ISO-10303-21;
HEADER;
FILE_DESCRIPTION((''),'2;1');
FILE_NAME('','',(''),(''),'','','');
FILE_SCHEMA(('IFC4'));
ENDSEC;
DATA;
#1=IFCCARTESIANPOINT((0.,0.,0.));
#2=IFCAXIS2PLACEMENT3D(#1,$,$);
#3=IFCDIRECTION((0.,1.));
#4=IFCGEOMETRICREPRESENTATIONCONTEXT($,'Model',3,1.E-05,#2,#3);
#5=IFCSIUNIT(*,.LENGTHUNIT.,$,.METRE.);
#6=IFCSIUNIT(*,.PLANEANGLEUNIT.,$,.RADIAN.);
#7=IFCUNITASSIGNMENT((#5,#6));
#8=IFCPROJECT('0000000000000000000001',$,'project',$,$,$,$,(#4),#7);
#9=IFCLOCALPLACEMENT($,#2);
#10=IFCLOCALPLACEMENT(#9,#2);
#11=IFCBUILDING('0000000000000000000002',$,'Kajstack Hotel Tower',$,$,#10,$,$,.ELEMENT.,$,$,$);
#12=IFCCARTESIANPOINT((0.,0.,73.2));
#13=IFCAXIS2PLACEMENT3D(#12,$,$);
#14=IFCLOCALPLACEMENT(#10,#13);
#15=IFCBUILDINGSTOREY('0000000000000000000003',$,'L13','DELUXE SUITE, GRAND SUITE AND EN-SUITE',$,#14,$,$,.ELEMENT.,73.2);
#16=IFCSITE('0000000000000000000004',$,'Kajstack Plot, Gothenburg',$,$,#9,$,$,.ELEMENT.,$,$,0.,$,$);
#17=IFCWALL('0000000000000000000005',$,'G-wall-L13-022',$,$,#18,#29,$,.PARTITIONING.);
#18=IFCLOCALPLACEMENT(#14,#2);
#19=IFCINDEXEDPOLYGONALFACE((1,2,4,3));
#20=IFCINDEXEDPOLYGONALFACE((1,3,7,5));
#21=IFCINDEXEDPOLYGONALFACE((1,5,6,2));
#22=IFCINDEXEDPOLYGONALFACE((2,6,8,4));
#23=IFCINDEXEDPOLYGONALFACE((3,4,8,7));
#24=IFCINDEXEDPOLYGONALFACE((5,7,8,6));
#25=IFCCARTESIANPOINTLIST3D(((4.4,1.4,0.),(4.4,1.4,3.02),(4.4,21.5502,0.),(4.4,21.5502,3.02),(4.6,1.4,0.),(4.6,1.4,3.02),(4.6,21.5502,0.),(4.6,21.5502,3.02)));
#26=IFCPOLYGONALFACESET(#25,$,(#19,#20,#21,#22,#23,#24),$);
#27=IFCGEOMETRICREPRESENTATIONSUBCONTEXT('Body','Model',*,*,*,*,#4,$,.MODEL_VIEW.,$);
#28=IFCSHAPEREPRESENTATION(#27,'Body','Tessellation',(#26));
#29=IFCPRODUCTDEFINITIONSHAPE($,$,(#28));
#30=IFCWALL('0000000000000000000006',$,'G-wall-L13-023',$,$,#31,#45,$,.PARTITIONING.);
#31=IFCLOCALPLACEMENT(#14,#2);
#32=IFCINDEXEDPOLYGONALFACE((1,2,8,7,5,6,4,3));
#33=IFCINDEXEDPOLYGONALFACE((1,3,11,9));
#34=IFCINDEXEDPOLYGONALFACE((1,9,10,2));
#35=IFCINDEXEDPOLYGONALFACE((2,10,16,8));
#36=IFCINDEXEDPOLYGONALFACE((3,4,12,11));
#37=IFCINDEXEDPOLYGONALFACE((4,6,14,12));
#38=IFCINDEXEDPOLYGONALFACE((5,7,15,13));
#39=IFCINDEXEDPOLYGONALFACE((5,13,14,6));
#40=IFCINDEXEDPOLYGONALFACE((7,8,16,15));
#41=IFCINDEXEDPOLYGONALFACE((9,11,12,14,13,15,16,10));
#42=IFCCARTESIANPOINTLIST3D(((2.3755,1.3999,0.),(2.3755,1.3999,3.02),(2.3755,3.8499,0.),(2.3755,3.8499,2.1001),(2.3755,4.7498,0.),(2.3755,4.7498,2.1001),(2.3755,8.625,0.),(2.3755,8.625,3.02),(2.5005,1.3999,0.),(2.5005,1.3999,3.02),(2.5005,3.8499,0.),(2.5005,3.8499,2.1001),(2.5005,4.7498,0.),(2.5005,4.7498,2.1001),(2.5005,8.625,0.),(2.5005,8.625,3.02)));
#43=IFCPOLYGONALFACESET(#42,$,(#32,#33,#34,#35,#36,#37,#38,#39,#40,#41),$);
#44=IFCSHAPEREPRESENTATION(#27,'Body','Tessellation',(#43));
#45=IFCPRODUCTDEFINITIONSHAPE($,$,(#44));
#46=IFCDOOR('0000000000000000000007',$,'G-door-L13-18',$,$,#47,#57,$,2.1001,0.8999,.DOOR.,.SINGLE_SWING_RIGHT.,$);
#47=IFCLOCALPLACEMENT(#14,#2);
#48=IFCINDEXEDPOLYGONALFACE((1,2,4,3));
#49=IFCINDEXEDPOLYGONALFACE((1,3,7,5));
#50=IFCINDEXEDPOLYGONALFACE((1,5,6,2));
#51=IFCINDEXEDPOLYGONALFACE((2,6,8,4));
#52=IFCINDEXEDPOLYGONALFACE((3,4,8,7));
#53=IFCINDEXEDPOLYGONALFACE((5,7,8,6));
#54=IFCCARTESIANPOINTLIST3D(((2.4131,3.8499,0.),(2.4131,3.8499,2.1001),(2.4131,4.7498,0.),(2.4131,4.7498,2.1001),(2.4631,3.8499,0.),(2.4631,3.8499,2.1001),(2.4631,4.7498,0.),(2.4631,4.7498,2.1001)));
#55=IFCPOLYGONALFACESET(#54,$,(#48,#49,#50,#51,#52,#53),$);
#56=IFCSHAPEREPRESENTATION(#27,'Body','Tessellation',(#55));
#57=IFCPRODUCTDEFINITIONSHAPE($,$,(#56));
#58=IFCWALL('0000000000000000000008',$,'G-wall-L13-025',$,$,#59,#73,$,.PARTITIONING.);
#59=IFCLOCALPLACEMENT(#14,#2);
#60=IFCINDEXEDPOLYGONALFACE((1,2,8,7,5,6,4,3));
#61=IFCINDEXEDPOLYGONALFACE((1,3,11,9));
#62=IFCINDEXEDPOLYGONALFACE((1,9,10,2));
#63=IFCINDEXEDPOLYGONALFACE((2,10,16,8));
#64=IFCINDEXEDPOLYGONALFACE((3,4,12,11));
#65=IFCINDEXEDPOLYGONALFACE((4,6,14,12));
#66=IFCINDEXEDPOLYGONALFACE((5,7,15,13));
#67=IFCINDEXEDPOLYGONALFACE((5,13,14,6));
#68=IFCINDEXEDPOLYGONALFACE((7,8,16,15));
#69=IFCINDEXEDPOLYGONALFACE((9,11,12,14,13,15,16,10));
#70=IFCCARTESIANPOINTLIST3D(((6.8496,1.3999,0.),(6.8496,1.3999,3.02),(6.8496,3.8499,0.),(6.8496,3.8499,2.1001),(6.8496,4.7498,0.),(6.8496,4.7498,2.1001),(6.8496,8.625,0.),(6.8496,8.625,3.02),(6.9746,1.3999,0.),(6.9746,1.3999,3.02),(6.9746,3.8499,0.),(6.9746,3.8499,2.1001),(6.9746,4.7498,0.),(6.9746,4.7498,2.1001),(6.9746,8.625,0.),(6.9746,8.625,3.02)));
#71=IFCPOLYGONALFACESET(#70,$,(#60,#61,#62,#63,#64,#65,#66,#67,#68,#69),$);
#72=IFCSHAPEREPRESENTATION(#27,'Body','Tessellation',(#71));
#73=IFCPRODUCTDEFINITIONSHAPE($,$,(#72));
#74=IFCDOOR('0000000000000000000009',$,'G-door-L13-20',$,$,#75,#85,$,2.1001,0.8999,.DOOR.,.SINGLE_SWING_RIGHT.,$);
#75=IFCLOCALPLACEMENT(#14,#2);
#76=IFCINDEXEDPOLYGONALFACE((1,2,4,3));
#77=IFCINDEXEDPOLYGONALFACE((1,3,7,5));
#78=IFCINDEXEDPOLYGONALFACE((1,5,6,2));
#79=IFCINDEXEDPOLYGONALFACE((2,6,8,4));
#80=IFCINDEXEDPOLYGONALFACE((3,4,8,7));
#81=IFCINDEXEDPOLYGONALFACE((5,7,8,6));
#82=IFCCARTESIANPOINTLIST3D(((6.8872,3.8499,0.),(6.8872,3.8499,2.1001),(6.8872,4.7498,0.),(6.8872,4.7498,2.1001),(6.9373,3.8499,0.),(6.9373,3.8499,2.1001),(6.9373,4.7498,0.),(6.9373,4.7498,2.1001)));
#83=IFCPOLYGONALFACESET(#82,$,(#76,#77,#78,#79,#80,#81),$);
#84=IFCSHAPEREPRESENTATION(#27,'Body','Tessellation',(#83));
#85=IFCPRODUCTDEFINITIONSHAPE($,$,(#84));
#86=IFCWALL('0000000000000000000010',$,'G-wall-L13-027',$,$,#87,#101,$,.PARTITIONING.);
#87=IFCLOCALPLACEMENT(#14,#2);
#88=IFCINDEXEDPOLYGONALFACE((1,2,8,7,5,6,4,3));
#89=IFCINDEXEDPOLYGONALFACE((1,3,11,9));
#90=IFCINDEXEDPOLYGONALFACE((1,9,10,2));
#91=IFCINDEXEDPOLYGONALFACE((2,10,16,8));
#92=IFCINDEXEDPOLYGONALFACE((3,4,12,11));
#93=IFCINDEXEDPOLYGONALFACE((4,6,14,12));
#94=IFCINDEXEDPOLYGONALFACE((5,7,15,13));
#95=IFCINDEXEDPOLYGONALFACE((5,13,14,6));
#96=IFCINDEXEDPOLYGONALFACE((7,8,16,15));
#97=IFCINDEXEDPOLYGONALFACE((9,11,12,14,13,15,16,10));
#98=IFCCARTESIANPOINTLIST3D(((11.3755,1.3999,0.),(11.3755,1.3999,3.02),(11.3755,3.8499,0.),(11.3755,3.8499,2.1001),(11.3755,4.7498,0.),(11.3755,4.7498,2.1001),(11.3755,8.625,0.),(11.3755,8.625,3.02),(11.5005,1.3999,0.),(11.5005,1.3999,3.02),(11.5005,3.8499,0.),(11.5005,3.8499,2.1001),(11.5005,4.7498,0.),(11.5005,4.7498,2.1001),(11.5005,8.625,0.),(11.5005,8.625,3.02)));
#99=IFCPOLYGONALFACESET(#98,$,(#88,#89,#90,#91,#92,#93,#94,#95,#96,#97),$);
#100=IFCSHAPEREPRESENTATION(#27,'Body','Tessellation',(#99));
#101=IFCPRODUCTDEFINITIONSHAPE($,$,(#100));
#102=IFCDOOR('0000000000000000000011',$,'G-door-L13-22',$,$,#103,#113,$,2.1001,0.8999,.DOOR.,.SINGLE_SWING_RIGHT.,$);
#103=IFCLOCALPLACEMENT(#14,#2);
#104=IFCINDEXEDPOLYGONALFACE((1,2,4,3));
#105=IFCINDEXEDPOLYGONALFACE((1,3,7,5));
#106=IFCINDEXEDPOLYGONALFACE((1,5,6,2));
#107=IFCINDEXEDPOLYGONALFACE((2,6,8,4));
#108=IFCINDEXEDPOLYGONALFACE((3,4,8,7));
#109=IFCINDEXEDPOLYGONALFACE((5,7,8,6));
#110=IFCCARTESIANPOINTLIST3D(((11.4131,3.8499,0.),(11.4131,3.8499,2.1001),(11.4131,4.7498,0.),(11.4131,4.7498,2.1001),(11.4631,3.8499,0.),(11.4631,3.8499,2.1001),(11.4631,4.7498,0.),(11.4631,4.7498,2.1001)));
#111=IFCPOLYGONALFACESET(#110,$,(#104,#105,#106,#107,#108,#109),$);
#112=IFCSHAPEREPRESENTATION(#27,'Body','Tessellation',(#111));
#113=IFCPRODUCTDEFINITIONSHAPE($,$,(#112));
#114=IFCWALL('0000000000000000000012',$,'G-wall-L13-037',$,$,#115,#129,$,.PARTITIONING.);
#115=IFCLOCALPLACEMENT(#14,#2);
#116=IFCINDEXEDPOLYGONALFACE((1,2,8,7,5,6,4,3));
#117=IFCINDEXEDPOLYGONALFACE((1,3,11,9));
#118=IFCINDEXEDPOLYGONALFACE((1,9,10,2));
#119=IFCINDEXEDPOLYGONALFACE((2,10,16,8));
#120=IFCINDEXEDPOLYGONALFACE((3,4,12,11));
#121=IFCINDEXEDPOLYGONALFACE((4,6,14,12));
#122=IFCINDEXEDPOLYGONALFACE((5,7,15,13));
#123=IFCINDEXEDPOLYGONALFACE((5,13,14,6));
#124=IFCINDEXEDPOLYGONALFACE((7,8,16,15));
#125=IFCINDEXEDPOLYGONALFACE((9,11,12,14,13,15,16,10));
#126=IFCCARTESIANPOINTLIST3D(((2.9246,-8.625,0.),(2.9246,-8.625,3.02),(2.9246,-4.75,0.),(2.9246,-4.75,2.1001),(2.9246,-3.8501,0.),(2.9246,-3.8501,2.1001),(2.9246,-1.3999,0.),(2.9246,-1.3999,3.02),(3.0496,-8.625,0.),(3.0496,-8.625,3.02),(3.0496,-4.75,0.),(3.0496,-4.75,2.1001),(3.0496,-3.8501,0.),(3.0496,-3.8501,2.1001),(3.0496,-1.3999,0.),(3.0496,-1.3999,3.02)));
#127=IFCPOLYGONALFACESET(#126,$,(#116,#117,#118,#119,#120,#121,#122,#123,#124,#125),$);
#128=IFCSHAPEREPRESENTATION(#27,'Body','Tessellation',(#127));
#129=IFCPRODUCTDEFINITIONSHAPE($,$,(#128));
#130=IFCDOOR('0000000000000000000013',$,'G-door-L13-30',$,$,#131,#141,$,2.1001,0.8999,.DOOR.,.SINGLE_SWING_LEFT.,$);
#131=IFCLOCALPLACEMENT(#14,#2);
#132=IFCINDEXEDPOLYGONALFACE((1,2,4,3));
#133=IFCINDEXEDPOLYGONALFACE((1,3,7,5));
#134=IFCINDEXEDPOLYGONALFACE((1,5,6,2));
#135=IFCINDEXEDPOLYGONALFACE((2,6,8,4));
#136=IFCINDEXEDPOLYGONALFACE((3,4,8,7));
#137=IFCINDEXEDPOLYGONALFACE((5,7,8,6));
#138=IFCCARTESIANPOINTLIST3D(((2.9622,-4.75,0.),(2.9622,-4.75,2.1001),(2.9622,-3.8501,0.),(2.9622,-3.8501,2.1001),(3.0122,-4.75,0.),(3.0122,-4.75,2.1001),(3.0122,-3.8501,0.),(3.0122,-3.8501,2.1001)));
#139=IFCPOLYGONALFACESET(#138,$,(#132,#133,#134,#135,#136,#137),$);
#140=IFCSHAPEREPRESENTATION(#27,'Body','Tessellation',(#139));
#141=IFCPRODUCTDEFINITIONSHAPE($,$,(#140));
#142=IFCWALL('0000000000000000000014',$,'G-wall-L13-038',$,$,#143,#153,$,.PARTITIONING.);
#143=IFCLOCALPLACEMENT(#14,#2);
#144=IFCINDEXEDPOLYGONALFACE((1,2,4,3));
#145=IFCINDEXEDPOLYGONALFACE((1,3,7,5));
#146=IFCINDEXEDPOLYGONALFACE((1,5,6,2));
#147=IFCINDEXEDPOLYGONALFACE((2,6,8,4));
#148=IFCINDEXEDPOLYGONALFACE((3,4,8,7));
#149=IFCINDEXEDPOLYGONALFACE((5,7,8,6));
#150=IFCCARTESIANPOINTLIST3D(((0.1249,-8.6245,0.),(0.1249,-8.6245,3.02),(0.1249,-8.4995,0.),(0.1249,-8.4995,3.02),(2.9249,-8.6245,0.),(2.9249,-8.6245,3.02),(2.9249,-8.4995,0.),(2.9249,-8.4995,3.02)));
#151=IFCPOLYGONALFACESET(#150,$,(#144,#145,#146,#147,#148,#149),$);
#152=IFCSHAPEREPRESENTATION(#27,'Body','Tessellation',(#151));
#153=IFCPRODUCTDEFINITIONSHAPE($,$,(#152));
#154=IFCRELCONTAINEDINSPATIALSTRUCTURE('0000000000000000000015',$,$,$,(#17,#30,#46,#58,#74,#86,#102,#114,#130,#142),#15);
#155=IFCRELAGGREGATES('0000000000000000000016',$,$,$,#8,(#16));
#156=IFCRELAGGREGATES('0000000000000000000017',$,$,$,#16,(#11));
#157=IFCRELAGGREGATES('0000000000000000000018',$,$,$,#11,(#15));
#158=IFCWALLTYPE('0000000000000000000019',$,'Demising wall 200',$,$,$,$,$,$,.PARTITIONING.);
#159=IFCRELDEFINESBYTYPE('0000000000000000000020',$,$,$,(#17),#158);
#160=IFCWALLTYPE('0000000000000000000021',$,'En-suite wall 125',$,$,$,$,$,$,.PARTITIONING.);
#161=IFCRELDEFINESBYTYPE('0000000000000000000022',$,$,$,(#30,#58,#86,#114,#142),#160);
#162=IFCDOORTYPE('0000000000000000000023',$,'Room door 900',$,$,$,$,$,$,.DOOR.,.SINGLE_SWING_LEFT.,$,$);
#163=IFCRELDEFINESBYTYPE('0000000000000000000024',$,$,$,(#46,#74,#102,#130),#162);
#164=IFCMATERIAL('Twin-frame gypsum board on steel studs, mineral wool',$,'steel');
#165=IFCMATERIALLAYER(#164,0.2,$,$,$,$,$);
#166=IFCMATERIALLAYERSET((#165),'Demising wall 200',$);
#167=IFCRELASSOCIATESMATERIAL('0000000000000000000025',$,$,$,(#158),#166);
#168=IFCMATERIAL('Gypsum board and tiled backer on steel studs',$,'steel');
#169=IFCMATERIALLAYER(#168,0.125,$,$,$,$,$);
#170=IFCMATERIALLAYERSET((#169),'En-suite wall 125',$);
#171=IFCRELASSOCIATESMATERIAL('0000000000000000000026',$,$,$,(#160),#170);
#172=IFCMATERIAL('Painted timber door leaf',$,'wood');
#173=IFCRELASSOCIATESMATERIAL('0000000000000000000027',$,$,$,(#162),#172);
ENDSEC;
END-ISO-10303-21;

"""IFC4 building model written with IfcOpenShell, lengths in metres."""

from ifc_helpers import new_model, si_unit, direction, frame, frame_2d, origin, place, context, subcontext, project, spatial, rectangle, extrude, material, layer, layer_set, type_object, element, fill, save


model = new_model("IFC4")

# Units and contexts
model_context = context("Model", 3, precision=1e-05, world=origin(), true_north=direction((0.0, 1.0)))
body_context = subcontext(model_context, "Body", "Model", "MODEL_VIEW")
ifc_project = project(units=[si_unit("LENGTHUNIT", "METRE"), si_unit("PLANEANGLEUNIT", "RADIAN")], contexts=[model_context])

# Site, building, storey
site_placement = place(None, origin())
site = spatial("IfcSite", under=ifc_project, at=site_placement, Name="Kajstack Plot, Gothenburg", CompositionType="ELEMENT", RefElevation=0.0)
building_placement = place(site_placement, origin())
building = spatial("IfcBuilding", under=site, at=building_placement, Name="Kajstack Hotel Tower", CompositionType="ELEMENT")
storey_placement = place(building_placement, frame((0.0, 0.0, 73.2)))
storey = spatial("IfcBuildingStorey", under=building, at=storey_placement, Name="L13", Description="DELUXE SUITE, GRAND SUITE AND EN-SUITE", CompositionType="ELEMENT", Elevation=73.2)

# Wall
ifc_material_1 = material(Name="Twin-frame gypsum board on steel studs, mineral wool", Category="steel")
ifc_layer_1 = layer(ifc_material_1, 0.2)
ifc_layer_set_1 = layer_set([ifc_layer_1], Name="Demising wall 200")
wall_type_1 = type_object("IfcWallType", Name="Demising wall 200", PredefinedType="PARTITIONING", material=ifc_layer_set_1)
wall_1_placement = place(storey_placement, frame((4.5, 1.3999, 0.0), z_axis=(0.0, 0.0, 1.0), x_axis=(0.0, 1.0, 0.0)))
element("IfcWall", 1, at=wall_1_placement, inside=storey, type_object=wall_type_1, Name="G-wall-L13-022", PredefinedType="PARTITIONING", context=body_context, shape_type="SweptSolid", body=[
    extrude(rectangle(XDim=20.1501, YDim=0.2, at=frame_2d((10.0752, 0.0))), origin(), (0.0, 0.0, 1.0), 3.02),
])

# Walls, openings, doors
ifc_material_2 = material(Name="Gypsum board and tiled backer on steel studs", Category="steel")
ifc_layer_2 = layer(ifc_material_2, 0.125)
ifc_layer_set_2 = layer_set([ifc_layer_2], Name="En-suite wall 125")
wall_type_2 = type_object("IfcWallType", Name="En-suite wall 125", PredefinedType="PARTITIONING", material=ifc_layer_set_2)
wall_2_placement = place(storey_placement, frame((2.438, 1.3999, 0.0), z_axis=(0.0, 0.0, 1.0), x_axis=(0.0, 1.0, 0.0)))
wall_2 = element("IfcWall", 2, at=wall_2_placement, inside=storey, type_object=wall_type_2, Name="G-wall-L13-023", PredefinedType="PARTITIONING", context=body_context, shape_type="SweptSolid", body=[
    extrude(rectangle(XDim=7.2251, YDim=0.125, at=frame_2d((3.6125, 0.0))), origin(), (0.0, 0.0, 1.0), 3.02),
])
opening_1_placement = place(wall_2_placement, frame((2.45, 0.0, 0.0)))
opening_1 = element("IfcOpeningElement", 3, at=opening_1_placement, cuts=wall_2, PredefinedType="OPENING", context=body_context, shape_type="SweptSolid", body=[
    extrude(rectangle(XDim=0.8999, YDim=2.1001, at=frame_2d((0.45, 1.05))), frame((0.0, 0.0725, 0.0), z_axis=(0.0, -1.0, 0.0), x_axis=(1.0, 0.0, 0.0)), (0.0, 0.0, 1.0), 0.145),
])
ifc_material_3 = material(Name="Painted timber door leaf", Category="wood")
door_type = type_object("IfcDoorType", Name="Room door 900", OperationType="SINGLE_SWING_LEFT", PredefinedType="DOOR", material=ifc_material_3)
door_1_placement = place(opening_1_placement, origin())
door_1 = element("IfcDoor", 4, at=door_1_placement, inside=storey, type_object=door_type, Name="G-door-L13-18", OperationType="SINGLE_SWING_RIGHT", OverallHeight=2.1001, OverallWidth=0.8999, PredefinedType="DOOR", context=body_context, shape_type="SweptSolid", body=[
    extrude(rectangle(XDim=0.8999, YDim=2.1001, at=frame_2d((0.45, 1.05))), frame((0.0, 0.0249, 0.0), z_axis=(0.0, -1.0, 0.0), x_axis=(1.0, 0.0, 0.0)), (0.0, 0.0, 1.0), 0.05),
])
fill(opening_1, door_1)
wall_3_placement = place(storey_placement, frame((6.9121, 1.3999, 0.0), z_axis=(0.0, 0.0, 1.0), x_axis=(0.0, 1.0, 0.0)))
wall_3 = element("IfcWall", 5, at=wall_3_placement, inside=storey, type_object=wall_type_2, Name="G-wall-L13-025", PredefinedType="PARTITIONING", context=body_context, shape_type="SweptSolid", body=[
    extrude(rectangle(XDim=7.2251, YDim=0.125, at=frame_2d((3.6125, 0.0))), origin(), (0.0, 0.0, 1.0), 3.02),
])
opening_2_placement = place(wall_3_placement, frame((2.45, 0.0, 0.0)))
opening_2 = element("IfcOpeningElement", 6, at=opening_2_placement, cuts=wall_3, PredefinedType="OPENING", context=body_context, shape_type="SweptSolid", body=[
    extrude(rectangle(XDim=0.8999, YDim=2.1001, at=frame_2d((0.45, 1.05))), frame((0.0, 0.0725, 0.0), z_axis=(0.0, -1.0, 0.0), x_axis=(1.0, 0.0, 0.0)), (0.0, 0.0, 1.0), 0.145),
])
door_2_placement = place(opening_2_placement, origin())
door_2 = element("IfcDoor", 7, at=door_2_placement, inside=storey, type_object=door_type, Name="G-door-L13-20", OperationType="SINGLE_SWING_RIGHT", OverallHeight=2.1001, OverallWidth=0.8999, PredefinedType="DOOR", context=body_context, shape_type="SweptSolid", body=[
    extrude(rectangle(XDim=0.8999, YDim=2.1001, at=frame_2d((0.45, 1.05))), frame((0.0, 0.0249, 0.0), z_axis=(0.0, -1.0, 0.0), x_axis=(1.0, 0.0, 0.0)), (0.0, 0.0, 1.0), 0.05),
])
fill(opening_2, door_2)
wall_4_placement = place(storey_placement, frame((11.438, 1.3999, 0.0), z_axis=(0.0, 0.0, 1.0), x_axis=(0.0, 1.0, 0.0)))
wall_4 = element("IfcWall", 8, at=wall_4_placement, inside=storey, type_object=wall_type_2, Name="G-wall-L13-027", PredefinedType="PARTITIONING", context=body_context, shape_type="SweptSolid", body=[
    extrude(rectangle(XDim=7.2251, YDim=0.125, at=frame_2d((3.6125, 0.0))), origin(), (0.0, 0.0, 1.0), 3.02),
])
opening_3_placement = place(wall_4_placement, frame((2.45, 0.0, 0.0)))
opening_3 = element("IfcOpeningElement", 9, at=opening_3_placement, cuts=wall_4, PredefinedType="OPENING", context=body_context, shape_type="SweptSolid", body=[
    extrude(rectangle(XDim=0.8999, YDim=2.1001, at=frame_2d((0.45, 1.05))), frame((0.0, 0.0725, 0.0), z_axis=(0.0, -1.0, 0.0), x_axis=(1.0, 0.0, 0.0)), (0.0, 0.0, 1.0), 0.145),
])
door_3_placement = place(opening_3_placement, origin())
door_3 = element("IfcDoor", 10, at=door_3_placement, inside=storey, type_object=door_type, Name="G-door-L13-22", OperationType="SINGLE_SWING_RIGHT", OverallHeight=2.1001, OverallWidth=0.8999, PredefinedType="DOOR", context=body_context, shape_type="SweptSolid", body=[
    extrude(rectangle(XDim=0.8999, YDim=2.1001, at=frame_2d((0.45, 1.05))), frame((0.0, 0.0249, 0.0), z_axis=(0.0, -1.0, 0.0), x_axis=(1.0, 0.0, 0.0)), (0.0, 0.0, 1.0), 0.05),
])
fill(opening_3, door_3)
wall_5_placement = place(storey_placement, frame((2.9871, -8.625, 0.0), z_axis=(0.0, 0.0, 1.0), x_axis=(0.0, 1.0, 0.0)))
wall_5 = element("IfcWall", 11, at=wall_5_placement, inside=storey, type_object=wall_type_2, Name="G-wall-L13-037", PredefinedType="PARTITIONING", context=body_context, shape_type="SweptSolid", body=[
    extrude(rectangle(XDim=7.2251, YDim=0.125, at=frame_2d((3.6125, 0.0))), origin(), (0.0, 0.0, 1.0), 3.02),
])
opening_4_placement = place(wall_5_placement, frame((3.875, 0.0, 0.0)))
opening_4 = element("IfcOpeningElement", 12, at=opening_4_placement, cuts=wall_5, PredefinedType="OPENING", context=body_context, shape_type="SweptSolid", body=[
    extrude(rectangle(XDim=0.8999, YDim=2.1001, at=frame_2d((0.45, 1.05))), frame((0.0, 0.0725, 0.0), z_axis=(0.0, -1.0, 0.0), x_axis=(1.0, 0.0, 0.0)), (0.0, 0.0, 1.0), 0.145),
])
door_4_placement = place(opening_4_placement, origin())
door_4 = element("IfcDoor", 13, at=door_4_placement, inside=storey, type_object=door_type, Name="G-door-L13-30", OperationType="SINGLE_SWING_LEFT", OverallHeight=2.1001, OverallWidth=0.8999, PredefinedType="DOOR", context=body_context, shape_type="SweptSolid", body=[
    extrude(rectangle(XDim=0.8999, YDim=2.1001, at=frame_2d((0.45, 1.05))), frame((0.0, 0.0249, 0.0), z_axis=(0.0, -1.0, 0.0), x_axis=(1.0, 0.0, 0.0)), (0.0, 0.0, 1.0), 0.05),
])
fill(opening_4, door_4)

# Wall
wall_6_placement = place(storey_placement, frame((0.125, -8.562, 0.0), z_axis=(0.0, 0.0, 1.0), x_axis=(1.0, 0.0, 0.0)))
element("IfcWall", 14, at=wall_6_placement, inside=storey, type_object=wall_type_2, Name="G-wall-L13-038", PredefinedType="PARTITIONING", context=body_context, shape_type="SweptSolid", body=[
    extrude(rectangle(XDim=2.8, YDim=0.125, at=frame_2d((1.3999, 0.0))), origin(), (0.0, 0.0, 1.0), 3.02),
])

save(model, "model.ifc")
